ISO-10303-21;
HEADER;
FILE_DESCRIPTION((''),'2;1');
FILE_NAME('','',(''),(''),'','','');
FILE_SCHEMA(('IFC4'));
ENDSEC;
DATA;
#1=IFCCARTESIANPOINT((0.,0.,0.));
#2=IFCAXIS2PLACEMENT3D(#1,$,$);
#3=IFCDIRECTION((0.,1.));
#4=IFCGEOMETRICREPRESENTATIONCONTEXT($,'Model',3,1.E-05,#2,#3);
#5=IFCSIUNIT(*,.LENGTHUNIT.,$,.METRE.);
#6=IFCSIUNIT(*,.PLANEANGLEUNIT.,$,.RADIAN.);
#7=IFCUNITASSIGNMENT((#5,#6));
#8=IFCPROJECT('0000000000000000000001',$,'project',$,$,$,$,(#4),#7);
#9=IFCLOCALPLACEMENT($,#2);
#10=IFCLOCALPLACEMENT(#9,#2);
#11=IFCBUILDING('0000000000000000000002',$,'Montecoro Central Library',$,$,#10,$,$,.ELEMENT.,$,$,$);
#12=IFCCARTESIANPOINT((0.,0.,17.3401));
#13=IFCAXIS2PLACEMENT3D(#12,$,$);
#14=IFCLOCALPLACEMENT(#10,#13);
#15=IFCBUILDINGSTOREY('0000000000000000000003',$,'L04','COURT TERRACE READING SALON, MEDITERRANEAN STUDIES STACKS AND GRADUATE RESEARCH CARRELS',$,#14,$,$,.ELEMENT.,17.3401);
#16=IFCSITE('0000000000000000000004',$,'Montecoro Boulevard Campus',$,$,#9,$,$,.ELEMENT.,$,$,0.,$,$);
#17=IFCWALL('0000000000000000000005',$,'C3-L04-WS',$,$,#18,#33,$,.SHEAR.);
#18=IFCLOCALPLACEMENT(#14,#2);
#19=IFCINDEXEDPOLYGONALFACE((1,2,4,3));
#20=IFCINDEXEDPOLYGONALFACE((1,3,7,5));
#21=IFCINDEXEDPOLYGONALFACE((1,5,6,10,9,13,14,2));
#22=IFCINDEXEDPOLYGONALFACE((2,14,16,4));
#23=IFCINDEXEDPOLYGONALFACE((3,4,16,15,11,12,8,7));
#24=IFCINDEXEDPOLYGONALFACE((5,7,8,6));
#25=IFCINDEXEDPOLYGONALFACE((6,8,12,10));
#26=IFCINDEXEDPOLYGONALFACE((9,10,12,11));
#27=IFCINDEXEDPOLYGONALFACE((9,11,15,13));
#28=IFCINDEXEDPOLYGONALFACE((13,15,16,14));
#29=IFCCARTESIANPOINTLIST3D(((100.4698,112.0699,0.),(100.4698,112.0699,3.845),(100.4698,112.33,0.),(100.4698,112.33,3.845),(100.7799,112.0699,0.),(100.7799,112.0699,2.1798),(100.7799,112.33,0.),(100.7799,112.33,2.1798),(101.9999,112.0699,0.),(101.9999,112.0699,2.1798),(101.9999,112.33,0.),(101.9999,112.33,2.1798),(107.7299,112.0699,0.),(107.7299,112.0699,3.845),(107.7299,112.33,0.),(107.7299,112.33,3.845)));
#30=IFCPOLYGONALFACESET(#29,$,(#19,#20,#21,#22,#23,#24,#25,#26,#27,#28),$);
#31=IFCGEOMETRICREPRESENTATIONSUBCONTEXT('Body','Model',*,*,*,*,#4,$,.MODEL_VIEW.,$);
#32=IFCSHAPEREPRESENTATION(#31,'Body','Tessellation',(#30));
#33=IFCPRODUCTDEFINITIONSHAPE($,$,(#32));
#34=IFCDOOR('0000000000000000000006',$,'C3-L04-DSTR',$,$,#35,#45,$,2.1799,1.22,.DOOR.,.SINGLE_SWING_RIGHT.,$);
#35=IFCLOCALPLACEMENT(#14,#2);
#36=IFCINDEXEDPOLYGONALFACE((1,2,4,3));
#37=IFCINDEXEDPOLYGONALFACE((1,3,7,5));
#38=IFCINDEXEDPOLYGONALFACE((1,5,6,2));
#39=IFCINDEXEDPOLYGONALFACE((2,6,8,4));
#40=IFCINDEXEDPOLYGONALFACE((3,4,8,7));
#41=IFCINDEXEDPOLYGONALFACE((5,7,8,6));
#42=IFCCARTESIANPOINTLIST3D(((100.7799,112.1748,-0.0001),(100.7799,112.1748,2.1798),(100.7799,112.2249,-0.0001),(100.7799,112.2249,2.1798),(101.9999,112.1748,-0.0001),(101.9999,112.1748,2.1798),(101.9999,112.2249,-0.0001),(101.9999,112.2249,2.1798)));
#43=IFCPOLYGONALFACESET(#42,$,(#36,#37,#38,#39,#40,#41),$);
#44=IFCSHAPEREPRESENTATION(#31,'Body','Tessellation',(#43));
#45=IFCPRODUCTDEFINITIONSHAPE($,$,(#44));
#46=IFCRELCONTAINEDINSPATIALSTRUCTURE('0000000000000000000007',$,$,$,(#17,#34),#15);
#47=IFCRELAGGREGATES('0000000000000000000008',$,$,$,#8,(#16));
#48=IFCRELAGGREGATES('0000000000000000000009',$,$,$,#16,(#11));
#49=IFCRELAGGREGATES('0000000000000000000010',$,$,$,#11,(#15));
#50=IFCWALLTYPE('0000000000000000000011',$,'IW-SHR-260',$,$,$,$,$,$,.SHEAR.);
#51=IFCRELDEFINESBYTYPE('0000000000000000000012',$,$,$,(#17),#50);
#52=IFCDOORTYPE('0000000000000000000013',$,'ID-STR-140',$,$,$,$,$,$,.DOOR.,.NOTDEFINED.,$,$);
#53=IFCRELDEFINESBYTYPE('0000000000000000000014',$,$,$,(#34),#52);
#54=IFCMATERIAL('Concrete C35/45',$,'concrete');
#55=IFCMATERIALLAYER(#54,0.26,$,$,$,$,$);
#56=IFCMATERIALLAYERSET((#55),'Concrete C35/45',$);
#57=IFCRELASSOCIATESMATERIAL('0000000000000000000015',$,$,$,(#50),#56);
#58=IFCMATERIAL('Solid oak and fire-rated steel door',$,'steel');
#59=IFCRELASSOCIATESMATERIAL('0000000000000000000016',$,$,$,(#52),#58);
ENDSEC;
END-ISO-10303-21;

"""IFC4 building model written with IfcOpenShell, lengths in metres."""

from ifc_helpers import new_model, si_unit, direction, frame, frame_2d, origin, place, context, subcontext, project, spatial, rectangle, extrude, material, layer, layer_set, type_object, element, fill, save


model = new_model("IFC4")

# Units and contexts
model_context = context("Model", 3, precision=1e-05, world=origin(), true_north=direction((0.0, 1.0)))
body_context = subcontext(model_context, "Body", "Model", "MODEL_VIEW")
ifc_project = project(units=[si_unit("LENGTHUNIT", "METRE"), si_unit("PLANEANGLEUNIT", "RADIAN")], contexts=[model_context])

# Site, building, storey
site_placement = place(None, origin())
site = spatial("IfcSite", under=ifc_project, at=site_placement, Name="Montecoro Boulevard Campus", CompositionType="ELEMENT", RefElevation=0.0)
building_placement = place(site_placement, origin())
building = spatial("IfcBuilding", under=site, at=building_placement, Name="Montecoro Central Library", CompositionType="ELEMENT")
storey_placement = place(building_placement, frame((0.0, 0.0, 17.3401)))
storey = spatial("IfcBuildingStorey", under=building, at=storey_placement, Name="L04", Description="COURT TERRACE READING SALON, MEDITERRANEAN STUDIES STACKS AND GRADUATE RESEARCH CARRELS", CompositionType="ELEMENT", Elevation=17.3401)

# Shared definitions
ifc_material_1 = material(Name="Solid oak and fire-rated steel door", Category="steel")
ifc_material_2 = material(Name="Concrete C35/45", Category="concrete")
ifc_layer_1 = layer(ifc_material_2, 0.26)
ifc_layer_set_1 = layer_set([ifc_layer_1], Name="Concrete C35/45")
wall_type_1 = type_object("IfcWallType", Name="IW-SHR-260", PredefinedType="SHEAR", material=ifc_layer_set_1)

# Wall, opening, door
wall_1_placement = place(storey_placement, frame((100.47, 112.2, 0.0), z_axis=(0.0, 0.0, 1.0), x_axis=(1.0, 0.0, 0.0)))
wall_1 = element("IfcWall", 1, at=wall_1_placement, inside=storey, type_object=wall_type_1, Name="C3-L04-WS", PredefinedType="SHEAR", context=body_context, shape_type="SweptSolid", body=[
    extrude(rectangle(XDim=7.26, YDim=0.26, at=frame_2d((3.6299, 0.0))), origin(), (0.0, 0.0, 1.0), 3.845),
])
opening_1_placement = place(wall_1_placement, frame((0.3101, 0.0, 0.0)))
opening_1 = element("IfcOpeningElement", 2, at=opening_1_placement, cuts=wall_1, PredefinedType="OPENING", context=body_context, shape_type="SweptSolid", body=[
    extrude(rectangle(XDim=1.22, YDim=2.1799, at=frame_2d((0.6099, 1.0898))), frame((0.0, 0.1399, 0.0), z_axis=(0.0, -1.0, 0.0), x_axis=(1.0, 0.0, 0.0)), (0.0, 0.0, 1.0), 0.28),
])
door_type_1 = type_object("IfcDoorType", Name="ID-STR-140", OperationType="NOTDEFINED", PredefinedType="DOOR", material=ifc_material_1)
door_1_placement = place(opening_1_placement, origin())
door_1 = element("IfcDoor", 3, at=door_1_placement, inside=storey, type_object=door_type_1, Name="C3-L04-DSTR", OperationType="SINGLE_SWING_RIGHT", OverallHeight=2.1799, OverallWidth=1.22, PredefinedType="DOOR", context=body_context, shape_type="SweptSolid", body=[
    extrude(rectangle(XDim=1.22, YDim=2.1799, at=frame_2d((0.6099, 1.0898))), frame((0.0, 0.0249, 0.0), z_axis=(0.0, -1.0, 0.0), x_axis=(1.0, 0.0, 0.0)), (0.0, 0.0, 1.0), 0.05),
])
fill(opening_1, door_1)

save(model, "model.ifc")
